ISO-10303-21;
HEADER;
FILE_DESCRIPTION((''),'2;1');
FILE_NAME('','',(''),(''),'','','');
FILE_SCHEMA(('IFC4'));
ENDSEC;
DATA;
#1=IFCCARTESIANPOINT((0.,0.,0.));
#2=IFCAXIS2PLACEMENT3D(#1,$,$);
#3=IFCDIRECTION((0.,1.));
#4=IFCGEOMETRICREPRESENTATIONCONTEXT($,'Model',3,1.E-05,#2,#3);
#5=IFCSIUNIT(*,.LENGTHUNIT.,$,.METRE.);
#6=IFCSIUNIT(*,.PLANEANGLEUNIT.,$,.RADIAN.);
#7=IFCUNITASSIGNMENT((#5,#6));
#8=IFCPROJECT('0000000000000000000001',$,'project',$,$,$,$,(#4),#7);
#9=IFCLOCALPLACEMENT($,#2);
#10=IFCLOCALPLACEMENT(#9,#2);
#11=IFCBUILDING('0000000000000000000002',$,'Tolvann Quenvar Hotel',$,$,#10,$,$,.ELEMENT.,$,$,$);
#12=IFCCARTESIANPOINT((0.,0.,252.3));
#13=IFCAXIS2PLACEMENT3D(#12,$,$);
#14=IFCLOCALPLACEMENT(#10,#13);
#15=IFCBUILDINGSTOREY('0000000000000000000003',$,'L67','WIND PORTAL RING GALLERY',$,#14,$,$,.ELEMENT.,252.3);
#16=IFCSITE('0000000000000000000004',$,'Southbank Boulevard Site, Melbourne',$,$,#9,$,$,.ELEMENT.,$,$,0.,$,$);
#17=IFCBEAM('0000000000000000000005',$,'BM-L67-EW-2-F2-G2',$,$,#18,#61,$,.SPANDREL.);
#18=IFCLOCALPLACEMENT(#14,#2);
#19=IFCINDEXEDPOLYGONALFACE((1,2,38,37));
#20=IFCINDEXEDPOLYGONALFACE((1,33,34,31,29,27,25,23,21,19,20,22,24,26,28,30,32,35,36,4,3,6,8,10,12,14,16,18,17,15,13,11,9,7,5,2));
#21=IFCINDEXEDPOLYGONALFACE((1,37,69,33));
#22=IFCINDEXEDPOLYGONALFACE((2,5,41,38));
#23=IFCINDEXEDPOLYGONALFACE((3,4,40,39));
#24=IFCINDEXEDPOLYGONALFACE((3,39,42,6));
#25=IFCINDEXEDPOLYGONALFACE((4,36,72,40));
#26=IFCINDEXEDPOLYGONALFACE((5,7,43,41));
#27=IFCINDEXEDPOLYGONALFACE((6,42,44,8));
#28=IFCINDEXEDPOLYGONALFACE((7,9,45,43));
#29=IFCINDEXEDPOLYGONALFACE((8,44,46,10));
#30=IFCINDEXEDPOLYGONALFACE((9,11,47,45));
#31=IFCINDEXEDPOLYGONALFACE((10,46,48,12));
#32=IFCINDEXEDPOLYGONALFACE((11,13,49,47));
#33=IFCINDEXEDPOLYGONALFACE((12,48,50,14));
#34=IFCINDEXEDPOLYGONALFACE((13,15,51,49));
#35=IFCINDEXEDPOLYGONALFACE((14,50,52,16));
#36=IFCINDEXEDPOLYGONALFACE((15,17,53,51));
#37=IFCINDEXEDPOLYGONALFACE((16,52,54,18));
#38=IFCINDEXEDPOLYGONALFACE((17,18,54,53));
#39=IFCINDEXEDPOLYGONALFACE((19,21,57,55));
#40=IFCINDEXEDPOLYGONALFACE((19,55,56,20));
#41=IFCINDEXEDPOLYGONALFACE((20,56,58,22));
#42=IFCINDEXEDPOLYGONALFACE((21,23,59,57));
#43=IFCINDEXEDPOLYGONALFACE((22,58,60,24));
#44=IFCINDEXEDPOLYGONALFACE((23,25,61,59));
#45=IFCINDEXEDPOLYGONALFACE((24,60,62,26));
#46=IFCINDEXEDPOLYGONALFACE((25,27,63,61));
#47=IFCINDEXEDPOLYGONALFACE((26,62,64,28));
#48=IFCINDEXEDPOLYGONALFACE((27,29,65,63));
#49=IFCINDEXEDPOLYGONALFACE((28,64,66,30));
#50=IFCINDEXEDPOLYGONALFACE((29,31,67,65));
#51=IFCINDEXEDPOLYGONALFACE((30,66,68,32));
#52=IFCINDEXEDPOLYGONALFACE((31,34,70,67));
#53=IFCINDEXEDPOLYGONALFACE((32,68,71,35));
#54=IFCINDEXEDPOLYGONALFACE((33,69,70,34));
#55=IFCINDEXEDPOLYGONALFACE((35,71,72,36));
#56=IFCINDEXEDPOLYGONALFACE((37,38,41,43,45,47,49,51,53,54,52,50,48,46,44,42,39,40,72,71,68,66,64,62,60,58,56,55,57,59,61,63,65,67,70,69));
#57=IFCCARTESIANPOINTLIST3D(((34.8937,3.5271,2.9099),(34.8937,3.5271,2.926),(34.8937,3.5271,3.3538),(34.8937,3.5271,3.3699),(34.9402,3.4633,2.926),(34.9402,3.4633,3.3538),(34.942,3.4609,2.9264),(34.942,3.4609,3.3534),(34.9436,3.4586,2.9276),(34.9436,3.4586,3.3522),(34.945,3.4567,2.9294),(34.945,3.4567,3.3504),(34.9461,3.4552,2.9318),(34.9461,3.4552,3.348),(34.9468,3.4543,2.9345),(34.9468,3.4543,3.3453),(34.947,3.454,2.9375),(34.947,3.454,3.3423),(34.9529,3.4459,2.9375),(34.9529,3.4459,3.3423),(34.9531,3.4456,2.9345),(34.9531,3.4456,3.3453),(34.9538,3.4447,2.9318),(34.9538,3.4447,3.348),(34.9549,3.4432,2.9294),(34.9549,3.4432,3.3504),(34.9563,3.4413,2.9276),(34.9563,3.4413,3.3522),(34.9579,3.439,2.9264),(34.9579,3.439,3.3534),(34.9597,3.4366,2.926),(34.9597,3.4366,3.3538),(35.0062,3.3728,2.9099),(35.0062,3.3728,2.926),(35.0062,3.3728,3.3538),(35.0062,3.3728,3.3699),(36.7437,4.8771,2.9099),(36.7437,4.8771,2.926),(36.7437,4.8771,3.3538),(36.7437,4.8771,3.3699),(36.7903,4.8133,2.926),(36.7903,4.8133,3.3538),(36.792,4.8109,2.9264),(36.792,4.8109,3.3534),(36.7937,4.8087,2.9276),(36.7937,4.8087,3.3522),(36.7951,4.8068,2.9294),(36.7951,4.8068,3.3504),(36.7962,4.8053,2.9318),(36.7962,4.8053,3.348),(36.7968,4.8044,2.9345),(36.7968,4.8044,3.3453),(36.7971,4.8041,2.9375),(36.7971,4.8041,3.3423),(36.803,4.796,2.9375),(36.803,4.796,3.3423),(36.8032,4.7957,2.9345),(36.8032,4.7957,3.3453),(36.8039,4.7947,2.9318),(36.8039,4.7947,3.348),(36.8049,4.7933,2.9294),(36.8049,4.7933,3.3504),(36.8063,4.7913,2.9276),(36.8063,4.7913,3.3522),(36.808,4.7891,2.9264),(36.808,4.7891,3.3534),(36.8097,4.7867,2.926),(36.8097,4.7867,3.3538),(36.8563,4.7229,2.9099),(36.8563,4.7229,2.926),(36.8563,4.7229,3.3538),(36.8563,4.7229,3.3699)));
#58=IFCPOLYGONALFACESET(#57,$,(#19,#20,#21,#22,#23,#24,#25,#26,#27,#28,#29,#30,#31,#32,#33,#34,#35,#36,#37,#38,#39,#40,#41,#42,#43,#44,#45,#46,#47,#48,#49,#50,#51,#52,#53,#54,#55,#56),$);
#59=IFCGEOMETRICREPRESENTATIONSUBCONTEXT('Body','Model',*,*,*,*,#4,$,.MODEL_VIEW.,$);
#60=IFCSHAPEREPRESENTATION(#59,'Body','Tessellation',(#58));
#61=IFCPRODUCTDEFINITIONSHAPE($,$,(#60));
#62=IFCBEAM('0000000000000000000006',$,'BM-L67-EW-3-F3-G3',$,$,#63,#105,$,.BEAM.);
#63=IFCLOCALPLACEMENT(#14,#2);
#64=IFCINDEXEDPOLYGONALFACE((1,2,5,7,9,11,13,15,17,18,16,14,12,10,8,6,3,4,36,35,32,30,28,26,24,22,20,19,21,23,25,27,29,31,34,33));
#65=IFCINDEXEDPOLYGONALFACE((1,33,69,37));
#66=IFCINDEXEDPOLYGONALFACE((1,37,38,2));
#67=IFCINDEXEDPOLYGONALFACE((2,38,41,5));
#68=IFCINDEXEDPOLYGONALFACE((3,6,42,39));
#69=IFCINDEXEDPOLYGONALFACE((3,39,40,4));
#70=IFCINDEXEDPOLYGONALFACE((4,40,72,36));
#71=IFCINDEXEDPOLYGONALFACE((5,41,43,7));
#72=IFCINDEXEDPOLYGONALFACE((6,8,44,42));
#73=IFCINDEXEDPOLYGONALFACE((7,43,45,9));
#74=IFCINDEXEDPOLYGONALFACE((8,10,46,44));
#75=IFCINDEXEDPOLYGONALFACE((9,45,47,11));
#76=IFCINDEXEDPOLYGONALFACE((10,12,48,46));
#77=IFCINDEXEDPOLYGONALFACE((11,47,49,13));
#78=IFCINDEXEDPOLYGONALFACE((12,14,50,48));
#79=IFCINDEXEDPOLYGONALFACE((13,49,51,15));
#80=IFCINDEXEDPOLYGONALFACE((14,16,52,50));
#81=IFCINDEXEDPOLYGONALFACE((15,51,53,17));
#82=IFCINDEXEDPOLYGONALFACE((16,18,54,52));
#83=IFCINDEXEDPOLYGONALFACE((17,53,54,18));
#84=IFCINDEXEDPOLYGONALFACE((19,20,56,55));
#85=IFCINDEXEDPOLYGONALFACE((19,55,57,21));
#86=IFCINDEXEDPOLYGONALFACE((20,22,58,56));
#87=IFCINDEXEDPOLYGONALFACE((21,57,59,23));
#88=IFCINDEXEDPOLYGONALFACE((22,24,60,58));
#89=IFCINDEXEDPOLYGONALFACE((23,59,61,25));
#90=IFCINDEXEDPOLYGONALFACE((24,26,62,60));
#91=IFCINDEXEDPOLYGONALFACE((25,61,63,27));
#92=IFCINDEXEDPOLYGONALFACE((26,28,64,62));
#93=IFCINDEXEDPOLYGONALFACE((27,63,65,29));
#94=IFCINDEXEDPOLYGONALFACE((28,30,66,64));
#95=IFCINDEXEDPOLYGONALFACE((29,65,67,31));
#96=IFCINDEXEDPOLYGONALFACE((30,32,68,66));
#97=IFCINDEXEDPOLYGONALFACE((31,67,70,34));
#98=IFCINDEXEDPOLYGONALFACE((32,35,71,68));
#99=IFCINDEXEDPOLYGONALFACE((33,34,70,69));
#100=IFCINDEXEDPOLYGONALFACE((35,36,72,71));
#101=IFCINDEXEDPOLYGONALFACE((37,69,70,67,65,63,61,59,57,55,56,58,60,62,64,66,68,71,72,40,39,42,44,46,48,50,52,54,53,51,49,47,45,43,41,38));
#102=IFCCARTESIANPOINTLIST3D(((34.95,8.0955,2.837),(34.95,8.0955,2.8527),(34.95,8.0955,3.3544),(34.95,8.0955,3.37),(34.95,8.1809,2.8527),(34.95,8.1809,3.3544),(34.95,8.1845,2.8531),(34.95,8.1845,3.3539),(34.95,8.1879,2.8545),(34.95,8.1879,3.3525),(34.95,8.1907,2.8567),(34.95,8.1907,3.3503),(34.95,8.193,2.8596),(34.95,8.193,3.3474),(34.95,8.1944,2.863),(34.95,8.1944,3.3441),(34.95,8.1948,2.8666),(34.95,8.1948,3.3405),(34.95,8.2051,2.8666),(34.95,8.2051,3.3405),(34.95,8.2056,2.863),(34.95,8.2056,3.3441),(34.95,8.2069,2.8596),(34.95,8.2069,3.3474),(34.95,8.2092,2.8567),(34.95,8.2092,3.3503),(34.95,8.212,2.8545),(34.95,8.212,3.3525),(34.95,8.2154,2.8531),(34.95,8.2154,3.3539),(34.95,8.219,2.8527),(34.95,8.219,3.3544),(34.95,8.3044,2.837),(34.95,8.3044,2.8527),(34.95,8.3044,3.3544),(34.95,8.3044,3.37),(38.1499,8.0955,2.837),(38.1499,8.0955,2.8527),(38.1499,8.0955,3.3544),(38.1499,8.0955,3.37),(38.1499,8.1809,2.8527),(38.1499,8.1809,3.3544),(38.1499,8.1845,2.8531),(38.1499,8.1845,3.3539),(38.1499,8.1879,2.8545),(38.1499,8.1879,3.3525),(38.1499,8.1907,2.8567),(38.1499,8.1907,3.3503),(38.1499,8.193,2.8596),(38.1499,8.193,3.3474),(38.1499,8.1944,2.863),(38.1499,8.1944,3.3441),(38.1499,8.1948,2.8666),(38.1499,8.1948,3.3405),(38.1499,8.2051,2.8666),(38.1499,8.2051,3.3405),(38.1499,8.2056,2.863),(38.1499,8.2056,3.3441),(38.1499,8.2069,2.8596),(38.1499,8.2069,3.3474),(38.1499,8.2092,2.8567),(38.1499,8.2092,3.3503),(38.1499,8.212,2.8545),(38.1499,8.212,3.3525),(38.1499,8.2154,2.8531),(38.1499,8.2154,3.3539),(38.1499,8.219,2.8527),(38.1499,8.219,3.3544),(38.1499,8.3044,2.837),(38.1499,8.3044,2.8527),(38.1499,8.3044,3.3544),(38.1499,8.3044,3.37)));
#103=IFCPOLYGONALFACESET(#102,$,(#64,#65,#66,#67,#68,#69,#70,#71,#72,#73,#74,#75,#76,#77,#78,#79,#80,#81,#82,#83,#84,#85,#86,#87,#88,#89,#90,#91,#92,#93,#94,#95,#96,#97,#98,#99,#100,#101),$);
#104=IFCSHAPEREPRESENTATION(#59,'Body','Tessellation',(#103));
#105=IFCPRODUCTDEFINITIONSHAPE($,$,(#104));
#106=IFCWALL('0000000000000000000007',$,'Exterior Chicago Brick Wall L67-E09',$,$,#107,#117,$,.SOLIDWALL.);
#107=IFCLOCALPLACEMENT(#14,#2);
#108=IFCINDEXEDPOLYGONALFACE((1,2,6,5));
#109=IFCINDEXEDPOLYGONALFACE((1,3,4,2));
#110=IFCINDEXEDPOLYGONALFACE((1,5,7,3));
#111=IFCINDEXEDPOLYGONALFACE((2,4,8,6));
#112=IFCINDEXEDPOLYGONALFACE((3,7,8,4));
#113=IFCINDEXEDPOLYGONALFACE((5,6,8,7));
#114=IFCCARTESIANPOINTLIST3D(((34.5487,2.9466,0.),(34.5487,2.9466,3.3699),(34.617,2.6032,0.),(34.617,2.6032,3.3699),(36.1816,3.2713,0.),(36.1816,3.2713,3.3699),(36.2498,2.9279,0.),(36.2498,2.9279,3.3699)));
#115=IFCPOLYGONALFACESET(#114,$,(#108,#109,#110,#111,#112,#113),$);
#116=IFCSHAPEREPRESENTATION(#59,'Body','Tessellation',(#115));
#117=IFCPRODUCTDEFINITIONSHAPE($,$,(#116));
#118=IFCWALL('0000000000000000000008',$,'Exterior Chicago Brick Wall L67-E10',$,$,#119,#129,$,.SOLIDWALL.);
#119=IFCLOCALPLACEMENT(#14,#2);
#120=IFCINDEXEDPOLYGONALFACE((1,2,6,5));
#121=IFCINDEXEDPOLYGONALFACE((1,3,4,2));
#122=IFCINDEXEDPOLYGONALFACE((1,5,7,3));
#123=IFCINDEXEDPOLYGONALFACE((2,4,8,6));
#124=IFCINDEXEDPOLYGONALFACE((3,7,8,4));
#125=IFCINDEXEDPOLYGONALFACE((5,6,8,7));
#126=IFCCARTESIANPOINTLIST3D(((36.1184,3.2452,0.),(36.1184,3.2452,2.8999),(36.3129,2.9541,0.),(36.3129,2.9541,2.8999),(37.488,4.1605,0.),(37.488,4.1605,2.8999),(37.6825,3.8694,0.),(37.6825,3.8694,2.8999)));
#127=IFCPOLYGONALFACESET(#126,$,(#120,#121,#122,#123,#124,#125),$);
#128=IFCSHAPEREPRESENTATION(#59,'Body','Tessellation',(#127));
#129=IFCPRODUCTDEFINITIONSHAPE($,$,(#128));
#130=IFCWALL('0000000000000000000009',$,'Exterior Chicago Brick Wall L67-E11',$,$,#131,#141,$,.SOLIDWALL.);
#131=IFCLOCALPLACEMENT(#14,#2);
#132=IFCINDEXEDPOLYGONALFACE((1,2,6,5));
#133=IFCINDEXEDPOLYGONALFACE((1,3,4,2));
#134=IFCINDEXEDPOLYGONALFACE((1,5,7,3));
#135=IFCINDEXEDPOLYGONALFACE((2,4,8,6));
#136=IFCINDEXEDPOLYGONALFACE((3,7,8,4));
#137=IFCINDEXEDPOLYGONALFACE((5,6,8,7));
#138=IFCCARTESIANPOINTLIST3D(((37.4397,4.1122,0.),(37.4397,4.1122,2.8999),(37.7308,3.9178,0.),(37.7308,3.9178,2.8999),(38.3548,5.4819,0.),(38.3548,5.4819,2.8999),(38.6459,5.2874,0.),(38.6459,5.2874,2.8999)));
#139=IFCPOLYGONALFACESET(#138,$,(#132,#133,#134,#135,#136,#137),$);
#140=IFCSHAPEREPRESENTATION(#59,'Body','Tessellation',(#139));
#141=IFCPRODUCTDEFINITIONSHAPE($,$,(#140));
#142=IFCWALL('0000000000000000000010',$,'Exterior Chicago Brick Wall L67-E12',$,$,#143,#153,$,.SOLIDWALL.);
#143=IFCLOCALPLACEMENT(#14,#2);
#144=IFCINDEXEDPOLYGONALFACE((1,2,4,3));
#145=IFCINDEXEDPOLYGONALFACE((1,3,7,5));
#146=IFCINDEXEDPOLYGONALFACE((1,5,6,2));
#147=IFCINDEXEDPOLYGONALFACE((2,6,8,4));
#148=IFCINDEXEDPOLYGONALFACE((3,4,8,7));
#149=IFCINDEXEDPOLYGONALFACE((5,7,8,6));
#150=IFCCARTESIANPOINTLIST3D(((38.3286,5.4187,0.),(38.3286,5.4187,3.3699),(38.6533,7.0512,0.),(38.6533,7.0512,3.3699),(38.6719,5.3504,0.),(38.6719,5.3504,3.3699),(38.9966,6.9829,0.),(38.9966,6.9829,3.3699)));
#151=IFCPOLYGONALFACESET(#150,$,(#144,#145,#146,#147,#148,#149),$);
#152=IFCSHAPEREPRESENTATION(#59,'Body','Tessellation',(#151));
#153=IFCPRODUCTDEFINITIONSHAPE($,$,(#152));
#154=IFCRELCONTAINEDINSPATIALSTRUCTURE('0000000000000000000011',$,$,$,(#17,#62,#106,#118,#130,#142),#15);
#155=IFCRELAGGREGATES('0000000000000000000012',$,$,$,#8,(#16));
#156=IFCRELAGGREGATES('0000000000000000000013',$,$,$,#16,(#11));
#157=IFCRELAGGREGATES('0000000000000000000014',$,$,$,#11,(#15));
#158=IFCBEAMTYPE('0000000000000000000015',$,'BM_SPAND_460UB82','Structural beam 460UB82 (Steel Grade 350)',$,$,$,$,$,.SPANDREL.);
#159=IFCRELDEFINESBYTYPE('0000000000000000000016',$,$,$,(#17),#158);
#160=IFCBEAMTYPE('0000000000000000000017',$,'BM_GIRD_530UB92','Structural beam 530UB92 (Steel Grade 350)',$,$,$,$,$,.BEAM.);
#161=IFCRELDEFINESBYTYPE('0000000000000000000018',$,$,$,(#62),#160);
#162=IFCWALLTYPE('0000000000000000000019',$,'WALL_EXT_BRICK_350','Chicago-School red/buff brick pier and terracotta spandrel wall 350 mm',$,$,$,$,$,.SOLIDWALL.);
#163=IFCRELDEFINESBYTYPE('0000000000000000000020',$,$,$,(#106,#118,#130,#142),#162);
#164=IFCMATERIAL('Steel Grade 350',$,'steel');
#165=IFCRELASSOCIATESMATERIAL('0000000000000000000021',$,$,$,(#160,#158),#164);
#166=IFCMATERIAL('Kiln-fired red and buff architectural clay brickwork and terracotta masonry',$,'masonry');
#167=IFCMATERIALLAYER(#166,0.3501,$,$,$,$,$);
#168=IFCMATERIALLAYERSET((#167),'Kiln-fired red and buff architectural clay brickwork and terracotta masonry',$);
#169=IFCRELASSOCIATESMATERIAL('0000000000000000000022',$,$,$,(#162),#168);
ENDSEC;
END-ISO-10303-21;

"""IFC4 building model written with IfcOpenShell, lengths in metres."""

from ifc_helpers import new_model, si_unit, direction, frame, frame_2d, origin, origin_2d, place, context, subcontext, project, spatial, rectangle, i_section, extrude, source, transform, mapped, material, layer, layer_set, material_profile, profile_set, type_object, element, save


model = new_model("IFC4")

# Units and contexts
model_context = context("Model", 3, precision=1e-05, world=origin(), true_north=direction((0.0, 1.0)))
body_context = subcontext(model_context, "Body", "Model", "MODEL_VIEW")
ifc_project = project(units=[si_unit("LENGTHUNIT", "METRE"), si_unit("PLANEANGLEUNIT", "RADIAN")], contexts=[model_context])

# Site, building, storey
site_placement = place(None, origin())
site = spatial("IfcSite", under=ifc_project, at=site_placement, Name="Southbank Boulevard Site, Melbourne", CompositionType="ELEMENT", RefElevation=0.0)
building_placement = place(site_placement, origin())
building = spatial("IfcBuilding", under=site, at=building_placement, Name="Tolvann Quenvar Hotel", CompositionType="ELEMENT")
storey_placement = place(building_placement, frame((0.0, 0.0, 252.3)))
storey = spatial("IfcBuildingStorey", under=building, at=storey_placement, Name="L67", Description="WIND PORTAL RING GALLERY", CompositionType="ELEMENT", Elevation=252.3)

# Shared definitions
ifc_material_1 = material(Name="Steel Grade 350", Category="steel")

# Beams
ifc_material_profile_1 = material_profile(ifc_material_1, i_section(OverallWidth=0.209, OverallDepth=0.533, WebThickness=0.0103, FlangeThickness=0.0156, FilletRadius=0.0139, at=origin_2d()), Name="530UB92")
ifc_profile_set_1 = profile_set([ifc_material_profile_1], Name="Steel Grade 350")
beam_type_1 = type_object("IfcBeamType", Name="BM_GIRD_530UB92", Description="Structural beam 530UB92 (Steel Grade 350)", PredefinedType="BEAM", material=ifc_profile_set_1)
ifc_material_profile_2 = material_profile(ifc_material_1, i_section(OverallWidth=0.1909, OverallDepth=0.46, WebThickness=0.01, FlangeThickness=0.0161, FilletRadius=0.0115, at=origin_2d()), Name="460UB82")
ifc_profile_set_2 = profile_set([ifc_material_profile_2], Name="Steel Grade 350")
beam_type_2 = type_object("IfcBeamType", Name="BM_SPAND_460UB82", Description="Structural beam 460UB82 (Steel Grade 350)", PredefinedType="SPANDREL", material=ifc_profile_set_2)
shared_shape_1 = source(origin(), body_context, "Body", "SweptSolid", [
    extrude(i_section(OverallWidth=0.1909, OverallDepth=0.46, WebThickness=0.01, FlangeThickness=0.0161, FilletRadius=0.0115, at=origin_2d()), origin(), (0.0, 0.0, 1.0), 2.2903),
])
beam_1_placement = place(storey_placement, frame((34.95, 3.45, 3.1399), z_axis=(0.807785, 0.589477, 0.0), x_axis=(-0.589477, 0.807785, 0.0)))
element("IfcBeam", 1, at=beam_1_placement, inside=storey, type_object=beam_type_2, Name="BM-L67-EW-2-F2-G2", PredefinedType="SPANDREL", context=body_context, shape_type="MappedRepresentation", body=[
    mapped(shared_shape_1, transform((0.0, 0.0, 0.0), x_axis=(1.0, 0.0, 0.0), y_axis=(0.0, 1.0, 0.0), z_axis=(0.0, 0.0, 1.0), scale=1.0)),
])
shared_shape_2 = source(origin(), body_context, "Body", "SweptSolid", [
    extrude(i_section(OverallWidth=0.209, OverallDepth=0.533, WebThickness=0.0103, FlangeThickness=0.0156, FilletRadius=0.0139, at=origin_2d()), origin(), (0.0, 0.0, 1.0), 3.2),
])
beam_2_placement = place(storey_placement, frame((34.95, 8.2, 3.1035), z_axis=(1.0, 0.0, 0.0), x_axis=(0.0, 1.0, 0.0)))
element("IfcBeam", 2, at=beam_2_placement, inside=storey, type_object=beam_type_1, Name="BM-L67-EW-3-F3-G3", PredefinedType="BEAM", context=body_context, shape_type="MappedRepresentation", body=[
    mapped(shared_shape_2, transform((0.0, 0.0, 0.0), x_axis=(1.0, 0.0, 0.0), y_axis=(0.0, 1.0, 0.0), z_axis=(0.0, 0.0, 1.0), scale=1.0)),
])

# Walls
ifc_material_2 = material(Name="Kiln-fired red and buff architectural clay brickwork and terracotta masonry", Category="masonry")
ifc_layer_1 = layer(ifc_material_2, 0.3501)
ifc_layer_set_1 = layer_set([ifc_layer_1], Name="Kiln-fired red and buff architectural clay brickwork and terracotta masonry")
wall_type_1 = type_object("IfcWallType", Name="WALL_EXT_BRICK_350", Description="Chicago-School red/buff brick pier and terracotta spandrel wall 350 mm", PredefinedType="SOLIDWALL", material=ifc_layer_set_1)
wall_1_placement = place(storey_placement, frame((34.5828, 2.7749, 0.0), z_axis=(0.0, 0.0, 1.0), x_axis=(0.980794, 0.195044, 0.0)))
element("IfcWall", 3, at=wall_1_placement, inside=storey, type_object=wall_type_1, Name="Exterior Chicago Brick Wall L67-E09", PredefinedType="SOLIDWALL", context=body_context, shape_type="SweptSolid", body=[
    extrude(rectangle(XDim=1.6648, YDim=0.3501, at=frame_2d((0.8325, 0.0))), origin(), (0.0, 0.0, 1.0), 3.3699),
])
for number, where, z_axis, x_axis, name in (
    (4, (36.2156, 3.0996, 0.0), (0.0, 0.0, 1.0), (0.831434, 0.555623, 0.0), "Exterior Chicago Brick Wall L67-E10"),
    (5, (37.5852, 4.0149, 0.0), (0.0, 0.0, 1.0), (0.555521, 0.831503, 0.0), "Exterior Chicago Brick Wall L67-E11"),
):
    element("IfcWall", number, at=place(storey_placement, frame(where, z_axis=z_axis, x_axis=x_axis)), inside=storey, type_object=wall_type_1, Name=name, PredefinedType="SOLIDWALL", context=body_context, shape_type="SweptSolid", body=[
        extrude(rectangle(XDim=1.6472, YDim=0.3501, at=frame_2d((0.8237, 0.0))), origin(), (0.0, 0.0, 1.0), 2.8999),
    ])
wall_2_placement = place(storey_placement, frame((38.5002, 5.3845, 0.0), z_axis=(0.0, 0.0, 1.0), x_axis=(0.195072, 0.980789, 0.0)))
element("IfcWall", 6, at=wall_2_placement, inside=storey, type_object=wall_type_1, Name="Exterior Chicago Brick Wall L67-E12", PredefinedType="SOLIDWALL", context=body_context, shape_type="SweptSolid", body=[
    extrude(rectangle(XDim=1.6646, YDim=0.3501, at=frame_2d((0.8323, 0.0))), origin(), (0.0, 0.0, 1.0), 3.3699),
])

save(model, "model.ifc")
